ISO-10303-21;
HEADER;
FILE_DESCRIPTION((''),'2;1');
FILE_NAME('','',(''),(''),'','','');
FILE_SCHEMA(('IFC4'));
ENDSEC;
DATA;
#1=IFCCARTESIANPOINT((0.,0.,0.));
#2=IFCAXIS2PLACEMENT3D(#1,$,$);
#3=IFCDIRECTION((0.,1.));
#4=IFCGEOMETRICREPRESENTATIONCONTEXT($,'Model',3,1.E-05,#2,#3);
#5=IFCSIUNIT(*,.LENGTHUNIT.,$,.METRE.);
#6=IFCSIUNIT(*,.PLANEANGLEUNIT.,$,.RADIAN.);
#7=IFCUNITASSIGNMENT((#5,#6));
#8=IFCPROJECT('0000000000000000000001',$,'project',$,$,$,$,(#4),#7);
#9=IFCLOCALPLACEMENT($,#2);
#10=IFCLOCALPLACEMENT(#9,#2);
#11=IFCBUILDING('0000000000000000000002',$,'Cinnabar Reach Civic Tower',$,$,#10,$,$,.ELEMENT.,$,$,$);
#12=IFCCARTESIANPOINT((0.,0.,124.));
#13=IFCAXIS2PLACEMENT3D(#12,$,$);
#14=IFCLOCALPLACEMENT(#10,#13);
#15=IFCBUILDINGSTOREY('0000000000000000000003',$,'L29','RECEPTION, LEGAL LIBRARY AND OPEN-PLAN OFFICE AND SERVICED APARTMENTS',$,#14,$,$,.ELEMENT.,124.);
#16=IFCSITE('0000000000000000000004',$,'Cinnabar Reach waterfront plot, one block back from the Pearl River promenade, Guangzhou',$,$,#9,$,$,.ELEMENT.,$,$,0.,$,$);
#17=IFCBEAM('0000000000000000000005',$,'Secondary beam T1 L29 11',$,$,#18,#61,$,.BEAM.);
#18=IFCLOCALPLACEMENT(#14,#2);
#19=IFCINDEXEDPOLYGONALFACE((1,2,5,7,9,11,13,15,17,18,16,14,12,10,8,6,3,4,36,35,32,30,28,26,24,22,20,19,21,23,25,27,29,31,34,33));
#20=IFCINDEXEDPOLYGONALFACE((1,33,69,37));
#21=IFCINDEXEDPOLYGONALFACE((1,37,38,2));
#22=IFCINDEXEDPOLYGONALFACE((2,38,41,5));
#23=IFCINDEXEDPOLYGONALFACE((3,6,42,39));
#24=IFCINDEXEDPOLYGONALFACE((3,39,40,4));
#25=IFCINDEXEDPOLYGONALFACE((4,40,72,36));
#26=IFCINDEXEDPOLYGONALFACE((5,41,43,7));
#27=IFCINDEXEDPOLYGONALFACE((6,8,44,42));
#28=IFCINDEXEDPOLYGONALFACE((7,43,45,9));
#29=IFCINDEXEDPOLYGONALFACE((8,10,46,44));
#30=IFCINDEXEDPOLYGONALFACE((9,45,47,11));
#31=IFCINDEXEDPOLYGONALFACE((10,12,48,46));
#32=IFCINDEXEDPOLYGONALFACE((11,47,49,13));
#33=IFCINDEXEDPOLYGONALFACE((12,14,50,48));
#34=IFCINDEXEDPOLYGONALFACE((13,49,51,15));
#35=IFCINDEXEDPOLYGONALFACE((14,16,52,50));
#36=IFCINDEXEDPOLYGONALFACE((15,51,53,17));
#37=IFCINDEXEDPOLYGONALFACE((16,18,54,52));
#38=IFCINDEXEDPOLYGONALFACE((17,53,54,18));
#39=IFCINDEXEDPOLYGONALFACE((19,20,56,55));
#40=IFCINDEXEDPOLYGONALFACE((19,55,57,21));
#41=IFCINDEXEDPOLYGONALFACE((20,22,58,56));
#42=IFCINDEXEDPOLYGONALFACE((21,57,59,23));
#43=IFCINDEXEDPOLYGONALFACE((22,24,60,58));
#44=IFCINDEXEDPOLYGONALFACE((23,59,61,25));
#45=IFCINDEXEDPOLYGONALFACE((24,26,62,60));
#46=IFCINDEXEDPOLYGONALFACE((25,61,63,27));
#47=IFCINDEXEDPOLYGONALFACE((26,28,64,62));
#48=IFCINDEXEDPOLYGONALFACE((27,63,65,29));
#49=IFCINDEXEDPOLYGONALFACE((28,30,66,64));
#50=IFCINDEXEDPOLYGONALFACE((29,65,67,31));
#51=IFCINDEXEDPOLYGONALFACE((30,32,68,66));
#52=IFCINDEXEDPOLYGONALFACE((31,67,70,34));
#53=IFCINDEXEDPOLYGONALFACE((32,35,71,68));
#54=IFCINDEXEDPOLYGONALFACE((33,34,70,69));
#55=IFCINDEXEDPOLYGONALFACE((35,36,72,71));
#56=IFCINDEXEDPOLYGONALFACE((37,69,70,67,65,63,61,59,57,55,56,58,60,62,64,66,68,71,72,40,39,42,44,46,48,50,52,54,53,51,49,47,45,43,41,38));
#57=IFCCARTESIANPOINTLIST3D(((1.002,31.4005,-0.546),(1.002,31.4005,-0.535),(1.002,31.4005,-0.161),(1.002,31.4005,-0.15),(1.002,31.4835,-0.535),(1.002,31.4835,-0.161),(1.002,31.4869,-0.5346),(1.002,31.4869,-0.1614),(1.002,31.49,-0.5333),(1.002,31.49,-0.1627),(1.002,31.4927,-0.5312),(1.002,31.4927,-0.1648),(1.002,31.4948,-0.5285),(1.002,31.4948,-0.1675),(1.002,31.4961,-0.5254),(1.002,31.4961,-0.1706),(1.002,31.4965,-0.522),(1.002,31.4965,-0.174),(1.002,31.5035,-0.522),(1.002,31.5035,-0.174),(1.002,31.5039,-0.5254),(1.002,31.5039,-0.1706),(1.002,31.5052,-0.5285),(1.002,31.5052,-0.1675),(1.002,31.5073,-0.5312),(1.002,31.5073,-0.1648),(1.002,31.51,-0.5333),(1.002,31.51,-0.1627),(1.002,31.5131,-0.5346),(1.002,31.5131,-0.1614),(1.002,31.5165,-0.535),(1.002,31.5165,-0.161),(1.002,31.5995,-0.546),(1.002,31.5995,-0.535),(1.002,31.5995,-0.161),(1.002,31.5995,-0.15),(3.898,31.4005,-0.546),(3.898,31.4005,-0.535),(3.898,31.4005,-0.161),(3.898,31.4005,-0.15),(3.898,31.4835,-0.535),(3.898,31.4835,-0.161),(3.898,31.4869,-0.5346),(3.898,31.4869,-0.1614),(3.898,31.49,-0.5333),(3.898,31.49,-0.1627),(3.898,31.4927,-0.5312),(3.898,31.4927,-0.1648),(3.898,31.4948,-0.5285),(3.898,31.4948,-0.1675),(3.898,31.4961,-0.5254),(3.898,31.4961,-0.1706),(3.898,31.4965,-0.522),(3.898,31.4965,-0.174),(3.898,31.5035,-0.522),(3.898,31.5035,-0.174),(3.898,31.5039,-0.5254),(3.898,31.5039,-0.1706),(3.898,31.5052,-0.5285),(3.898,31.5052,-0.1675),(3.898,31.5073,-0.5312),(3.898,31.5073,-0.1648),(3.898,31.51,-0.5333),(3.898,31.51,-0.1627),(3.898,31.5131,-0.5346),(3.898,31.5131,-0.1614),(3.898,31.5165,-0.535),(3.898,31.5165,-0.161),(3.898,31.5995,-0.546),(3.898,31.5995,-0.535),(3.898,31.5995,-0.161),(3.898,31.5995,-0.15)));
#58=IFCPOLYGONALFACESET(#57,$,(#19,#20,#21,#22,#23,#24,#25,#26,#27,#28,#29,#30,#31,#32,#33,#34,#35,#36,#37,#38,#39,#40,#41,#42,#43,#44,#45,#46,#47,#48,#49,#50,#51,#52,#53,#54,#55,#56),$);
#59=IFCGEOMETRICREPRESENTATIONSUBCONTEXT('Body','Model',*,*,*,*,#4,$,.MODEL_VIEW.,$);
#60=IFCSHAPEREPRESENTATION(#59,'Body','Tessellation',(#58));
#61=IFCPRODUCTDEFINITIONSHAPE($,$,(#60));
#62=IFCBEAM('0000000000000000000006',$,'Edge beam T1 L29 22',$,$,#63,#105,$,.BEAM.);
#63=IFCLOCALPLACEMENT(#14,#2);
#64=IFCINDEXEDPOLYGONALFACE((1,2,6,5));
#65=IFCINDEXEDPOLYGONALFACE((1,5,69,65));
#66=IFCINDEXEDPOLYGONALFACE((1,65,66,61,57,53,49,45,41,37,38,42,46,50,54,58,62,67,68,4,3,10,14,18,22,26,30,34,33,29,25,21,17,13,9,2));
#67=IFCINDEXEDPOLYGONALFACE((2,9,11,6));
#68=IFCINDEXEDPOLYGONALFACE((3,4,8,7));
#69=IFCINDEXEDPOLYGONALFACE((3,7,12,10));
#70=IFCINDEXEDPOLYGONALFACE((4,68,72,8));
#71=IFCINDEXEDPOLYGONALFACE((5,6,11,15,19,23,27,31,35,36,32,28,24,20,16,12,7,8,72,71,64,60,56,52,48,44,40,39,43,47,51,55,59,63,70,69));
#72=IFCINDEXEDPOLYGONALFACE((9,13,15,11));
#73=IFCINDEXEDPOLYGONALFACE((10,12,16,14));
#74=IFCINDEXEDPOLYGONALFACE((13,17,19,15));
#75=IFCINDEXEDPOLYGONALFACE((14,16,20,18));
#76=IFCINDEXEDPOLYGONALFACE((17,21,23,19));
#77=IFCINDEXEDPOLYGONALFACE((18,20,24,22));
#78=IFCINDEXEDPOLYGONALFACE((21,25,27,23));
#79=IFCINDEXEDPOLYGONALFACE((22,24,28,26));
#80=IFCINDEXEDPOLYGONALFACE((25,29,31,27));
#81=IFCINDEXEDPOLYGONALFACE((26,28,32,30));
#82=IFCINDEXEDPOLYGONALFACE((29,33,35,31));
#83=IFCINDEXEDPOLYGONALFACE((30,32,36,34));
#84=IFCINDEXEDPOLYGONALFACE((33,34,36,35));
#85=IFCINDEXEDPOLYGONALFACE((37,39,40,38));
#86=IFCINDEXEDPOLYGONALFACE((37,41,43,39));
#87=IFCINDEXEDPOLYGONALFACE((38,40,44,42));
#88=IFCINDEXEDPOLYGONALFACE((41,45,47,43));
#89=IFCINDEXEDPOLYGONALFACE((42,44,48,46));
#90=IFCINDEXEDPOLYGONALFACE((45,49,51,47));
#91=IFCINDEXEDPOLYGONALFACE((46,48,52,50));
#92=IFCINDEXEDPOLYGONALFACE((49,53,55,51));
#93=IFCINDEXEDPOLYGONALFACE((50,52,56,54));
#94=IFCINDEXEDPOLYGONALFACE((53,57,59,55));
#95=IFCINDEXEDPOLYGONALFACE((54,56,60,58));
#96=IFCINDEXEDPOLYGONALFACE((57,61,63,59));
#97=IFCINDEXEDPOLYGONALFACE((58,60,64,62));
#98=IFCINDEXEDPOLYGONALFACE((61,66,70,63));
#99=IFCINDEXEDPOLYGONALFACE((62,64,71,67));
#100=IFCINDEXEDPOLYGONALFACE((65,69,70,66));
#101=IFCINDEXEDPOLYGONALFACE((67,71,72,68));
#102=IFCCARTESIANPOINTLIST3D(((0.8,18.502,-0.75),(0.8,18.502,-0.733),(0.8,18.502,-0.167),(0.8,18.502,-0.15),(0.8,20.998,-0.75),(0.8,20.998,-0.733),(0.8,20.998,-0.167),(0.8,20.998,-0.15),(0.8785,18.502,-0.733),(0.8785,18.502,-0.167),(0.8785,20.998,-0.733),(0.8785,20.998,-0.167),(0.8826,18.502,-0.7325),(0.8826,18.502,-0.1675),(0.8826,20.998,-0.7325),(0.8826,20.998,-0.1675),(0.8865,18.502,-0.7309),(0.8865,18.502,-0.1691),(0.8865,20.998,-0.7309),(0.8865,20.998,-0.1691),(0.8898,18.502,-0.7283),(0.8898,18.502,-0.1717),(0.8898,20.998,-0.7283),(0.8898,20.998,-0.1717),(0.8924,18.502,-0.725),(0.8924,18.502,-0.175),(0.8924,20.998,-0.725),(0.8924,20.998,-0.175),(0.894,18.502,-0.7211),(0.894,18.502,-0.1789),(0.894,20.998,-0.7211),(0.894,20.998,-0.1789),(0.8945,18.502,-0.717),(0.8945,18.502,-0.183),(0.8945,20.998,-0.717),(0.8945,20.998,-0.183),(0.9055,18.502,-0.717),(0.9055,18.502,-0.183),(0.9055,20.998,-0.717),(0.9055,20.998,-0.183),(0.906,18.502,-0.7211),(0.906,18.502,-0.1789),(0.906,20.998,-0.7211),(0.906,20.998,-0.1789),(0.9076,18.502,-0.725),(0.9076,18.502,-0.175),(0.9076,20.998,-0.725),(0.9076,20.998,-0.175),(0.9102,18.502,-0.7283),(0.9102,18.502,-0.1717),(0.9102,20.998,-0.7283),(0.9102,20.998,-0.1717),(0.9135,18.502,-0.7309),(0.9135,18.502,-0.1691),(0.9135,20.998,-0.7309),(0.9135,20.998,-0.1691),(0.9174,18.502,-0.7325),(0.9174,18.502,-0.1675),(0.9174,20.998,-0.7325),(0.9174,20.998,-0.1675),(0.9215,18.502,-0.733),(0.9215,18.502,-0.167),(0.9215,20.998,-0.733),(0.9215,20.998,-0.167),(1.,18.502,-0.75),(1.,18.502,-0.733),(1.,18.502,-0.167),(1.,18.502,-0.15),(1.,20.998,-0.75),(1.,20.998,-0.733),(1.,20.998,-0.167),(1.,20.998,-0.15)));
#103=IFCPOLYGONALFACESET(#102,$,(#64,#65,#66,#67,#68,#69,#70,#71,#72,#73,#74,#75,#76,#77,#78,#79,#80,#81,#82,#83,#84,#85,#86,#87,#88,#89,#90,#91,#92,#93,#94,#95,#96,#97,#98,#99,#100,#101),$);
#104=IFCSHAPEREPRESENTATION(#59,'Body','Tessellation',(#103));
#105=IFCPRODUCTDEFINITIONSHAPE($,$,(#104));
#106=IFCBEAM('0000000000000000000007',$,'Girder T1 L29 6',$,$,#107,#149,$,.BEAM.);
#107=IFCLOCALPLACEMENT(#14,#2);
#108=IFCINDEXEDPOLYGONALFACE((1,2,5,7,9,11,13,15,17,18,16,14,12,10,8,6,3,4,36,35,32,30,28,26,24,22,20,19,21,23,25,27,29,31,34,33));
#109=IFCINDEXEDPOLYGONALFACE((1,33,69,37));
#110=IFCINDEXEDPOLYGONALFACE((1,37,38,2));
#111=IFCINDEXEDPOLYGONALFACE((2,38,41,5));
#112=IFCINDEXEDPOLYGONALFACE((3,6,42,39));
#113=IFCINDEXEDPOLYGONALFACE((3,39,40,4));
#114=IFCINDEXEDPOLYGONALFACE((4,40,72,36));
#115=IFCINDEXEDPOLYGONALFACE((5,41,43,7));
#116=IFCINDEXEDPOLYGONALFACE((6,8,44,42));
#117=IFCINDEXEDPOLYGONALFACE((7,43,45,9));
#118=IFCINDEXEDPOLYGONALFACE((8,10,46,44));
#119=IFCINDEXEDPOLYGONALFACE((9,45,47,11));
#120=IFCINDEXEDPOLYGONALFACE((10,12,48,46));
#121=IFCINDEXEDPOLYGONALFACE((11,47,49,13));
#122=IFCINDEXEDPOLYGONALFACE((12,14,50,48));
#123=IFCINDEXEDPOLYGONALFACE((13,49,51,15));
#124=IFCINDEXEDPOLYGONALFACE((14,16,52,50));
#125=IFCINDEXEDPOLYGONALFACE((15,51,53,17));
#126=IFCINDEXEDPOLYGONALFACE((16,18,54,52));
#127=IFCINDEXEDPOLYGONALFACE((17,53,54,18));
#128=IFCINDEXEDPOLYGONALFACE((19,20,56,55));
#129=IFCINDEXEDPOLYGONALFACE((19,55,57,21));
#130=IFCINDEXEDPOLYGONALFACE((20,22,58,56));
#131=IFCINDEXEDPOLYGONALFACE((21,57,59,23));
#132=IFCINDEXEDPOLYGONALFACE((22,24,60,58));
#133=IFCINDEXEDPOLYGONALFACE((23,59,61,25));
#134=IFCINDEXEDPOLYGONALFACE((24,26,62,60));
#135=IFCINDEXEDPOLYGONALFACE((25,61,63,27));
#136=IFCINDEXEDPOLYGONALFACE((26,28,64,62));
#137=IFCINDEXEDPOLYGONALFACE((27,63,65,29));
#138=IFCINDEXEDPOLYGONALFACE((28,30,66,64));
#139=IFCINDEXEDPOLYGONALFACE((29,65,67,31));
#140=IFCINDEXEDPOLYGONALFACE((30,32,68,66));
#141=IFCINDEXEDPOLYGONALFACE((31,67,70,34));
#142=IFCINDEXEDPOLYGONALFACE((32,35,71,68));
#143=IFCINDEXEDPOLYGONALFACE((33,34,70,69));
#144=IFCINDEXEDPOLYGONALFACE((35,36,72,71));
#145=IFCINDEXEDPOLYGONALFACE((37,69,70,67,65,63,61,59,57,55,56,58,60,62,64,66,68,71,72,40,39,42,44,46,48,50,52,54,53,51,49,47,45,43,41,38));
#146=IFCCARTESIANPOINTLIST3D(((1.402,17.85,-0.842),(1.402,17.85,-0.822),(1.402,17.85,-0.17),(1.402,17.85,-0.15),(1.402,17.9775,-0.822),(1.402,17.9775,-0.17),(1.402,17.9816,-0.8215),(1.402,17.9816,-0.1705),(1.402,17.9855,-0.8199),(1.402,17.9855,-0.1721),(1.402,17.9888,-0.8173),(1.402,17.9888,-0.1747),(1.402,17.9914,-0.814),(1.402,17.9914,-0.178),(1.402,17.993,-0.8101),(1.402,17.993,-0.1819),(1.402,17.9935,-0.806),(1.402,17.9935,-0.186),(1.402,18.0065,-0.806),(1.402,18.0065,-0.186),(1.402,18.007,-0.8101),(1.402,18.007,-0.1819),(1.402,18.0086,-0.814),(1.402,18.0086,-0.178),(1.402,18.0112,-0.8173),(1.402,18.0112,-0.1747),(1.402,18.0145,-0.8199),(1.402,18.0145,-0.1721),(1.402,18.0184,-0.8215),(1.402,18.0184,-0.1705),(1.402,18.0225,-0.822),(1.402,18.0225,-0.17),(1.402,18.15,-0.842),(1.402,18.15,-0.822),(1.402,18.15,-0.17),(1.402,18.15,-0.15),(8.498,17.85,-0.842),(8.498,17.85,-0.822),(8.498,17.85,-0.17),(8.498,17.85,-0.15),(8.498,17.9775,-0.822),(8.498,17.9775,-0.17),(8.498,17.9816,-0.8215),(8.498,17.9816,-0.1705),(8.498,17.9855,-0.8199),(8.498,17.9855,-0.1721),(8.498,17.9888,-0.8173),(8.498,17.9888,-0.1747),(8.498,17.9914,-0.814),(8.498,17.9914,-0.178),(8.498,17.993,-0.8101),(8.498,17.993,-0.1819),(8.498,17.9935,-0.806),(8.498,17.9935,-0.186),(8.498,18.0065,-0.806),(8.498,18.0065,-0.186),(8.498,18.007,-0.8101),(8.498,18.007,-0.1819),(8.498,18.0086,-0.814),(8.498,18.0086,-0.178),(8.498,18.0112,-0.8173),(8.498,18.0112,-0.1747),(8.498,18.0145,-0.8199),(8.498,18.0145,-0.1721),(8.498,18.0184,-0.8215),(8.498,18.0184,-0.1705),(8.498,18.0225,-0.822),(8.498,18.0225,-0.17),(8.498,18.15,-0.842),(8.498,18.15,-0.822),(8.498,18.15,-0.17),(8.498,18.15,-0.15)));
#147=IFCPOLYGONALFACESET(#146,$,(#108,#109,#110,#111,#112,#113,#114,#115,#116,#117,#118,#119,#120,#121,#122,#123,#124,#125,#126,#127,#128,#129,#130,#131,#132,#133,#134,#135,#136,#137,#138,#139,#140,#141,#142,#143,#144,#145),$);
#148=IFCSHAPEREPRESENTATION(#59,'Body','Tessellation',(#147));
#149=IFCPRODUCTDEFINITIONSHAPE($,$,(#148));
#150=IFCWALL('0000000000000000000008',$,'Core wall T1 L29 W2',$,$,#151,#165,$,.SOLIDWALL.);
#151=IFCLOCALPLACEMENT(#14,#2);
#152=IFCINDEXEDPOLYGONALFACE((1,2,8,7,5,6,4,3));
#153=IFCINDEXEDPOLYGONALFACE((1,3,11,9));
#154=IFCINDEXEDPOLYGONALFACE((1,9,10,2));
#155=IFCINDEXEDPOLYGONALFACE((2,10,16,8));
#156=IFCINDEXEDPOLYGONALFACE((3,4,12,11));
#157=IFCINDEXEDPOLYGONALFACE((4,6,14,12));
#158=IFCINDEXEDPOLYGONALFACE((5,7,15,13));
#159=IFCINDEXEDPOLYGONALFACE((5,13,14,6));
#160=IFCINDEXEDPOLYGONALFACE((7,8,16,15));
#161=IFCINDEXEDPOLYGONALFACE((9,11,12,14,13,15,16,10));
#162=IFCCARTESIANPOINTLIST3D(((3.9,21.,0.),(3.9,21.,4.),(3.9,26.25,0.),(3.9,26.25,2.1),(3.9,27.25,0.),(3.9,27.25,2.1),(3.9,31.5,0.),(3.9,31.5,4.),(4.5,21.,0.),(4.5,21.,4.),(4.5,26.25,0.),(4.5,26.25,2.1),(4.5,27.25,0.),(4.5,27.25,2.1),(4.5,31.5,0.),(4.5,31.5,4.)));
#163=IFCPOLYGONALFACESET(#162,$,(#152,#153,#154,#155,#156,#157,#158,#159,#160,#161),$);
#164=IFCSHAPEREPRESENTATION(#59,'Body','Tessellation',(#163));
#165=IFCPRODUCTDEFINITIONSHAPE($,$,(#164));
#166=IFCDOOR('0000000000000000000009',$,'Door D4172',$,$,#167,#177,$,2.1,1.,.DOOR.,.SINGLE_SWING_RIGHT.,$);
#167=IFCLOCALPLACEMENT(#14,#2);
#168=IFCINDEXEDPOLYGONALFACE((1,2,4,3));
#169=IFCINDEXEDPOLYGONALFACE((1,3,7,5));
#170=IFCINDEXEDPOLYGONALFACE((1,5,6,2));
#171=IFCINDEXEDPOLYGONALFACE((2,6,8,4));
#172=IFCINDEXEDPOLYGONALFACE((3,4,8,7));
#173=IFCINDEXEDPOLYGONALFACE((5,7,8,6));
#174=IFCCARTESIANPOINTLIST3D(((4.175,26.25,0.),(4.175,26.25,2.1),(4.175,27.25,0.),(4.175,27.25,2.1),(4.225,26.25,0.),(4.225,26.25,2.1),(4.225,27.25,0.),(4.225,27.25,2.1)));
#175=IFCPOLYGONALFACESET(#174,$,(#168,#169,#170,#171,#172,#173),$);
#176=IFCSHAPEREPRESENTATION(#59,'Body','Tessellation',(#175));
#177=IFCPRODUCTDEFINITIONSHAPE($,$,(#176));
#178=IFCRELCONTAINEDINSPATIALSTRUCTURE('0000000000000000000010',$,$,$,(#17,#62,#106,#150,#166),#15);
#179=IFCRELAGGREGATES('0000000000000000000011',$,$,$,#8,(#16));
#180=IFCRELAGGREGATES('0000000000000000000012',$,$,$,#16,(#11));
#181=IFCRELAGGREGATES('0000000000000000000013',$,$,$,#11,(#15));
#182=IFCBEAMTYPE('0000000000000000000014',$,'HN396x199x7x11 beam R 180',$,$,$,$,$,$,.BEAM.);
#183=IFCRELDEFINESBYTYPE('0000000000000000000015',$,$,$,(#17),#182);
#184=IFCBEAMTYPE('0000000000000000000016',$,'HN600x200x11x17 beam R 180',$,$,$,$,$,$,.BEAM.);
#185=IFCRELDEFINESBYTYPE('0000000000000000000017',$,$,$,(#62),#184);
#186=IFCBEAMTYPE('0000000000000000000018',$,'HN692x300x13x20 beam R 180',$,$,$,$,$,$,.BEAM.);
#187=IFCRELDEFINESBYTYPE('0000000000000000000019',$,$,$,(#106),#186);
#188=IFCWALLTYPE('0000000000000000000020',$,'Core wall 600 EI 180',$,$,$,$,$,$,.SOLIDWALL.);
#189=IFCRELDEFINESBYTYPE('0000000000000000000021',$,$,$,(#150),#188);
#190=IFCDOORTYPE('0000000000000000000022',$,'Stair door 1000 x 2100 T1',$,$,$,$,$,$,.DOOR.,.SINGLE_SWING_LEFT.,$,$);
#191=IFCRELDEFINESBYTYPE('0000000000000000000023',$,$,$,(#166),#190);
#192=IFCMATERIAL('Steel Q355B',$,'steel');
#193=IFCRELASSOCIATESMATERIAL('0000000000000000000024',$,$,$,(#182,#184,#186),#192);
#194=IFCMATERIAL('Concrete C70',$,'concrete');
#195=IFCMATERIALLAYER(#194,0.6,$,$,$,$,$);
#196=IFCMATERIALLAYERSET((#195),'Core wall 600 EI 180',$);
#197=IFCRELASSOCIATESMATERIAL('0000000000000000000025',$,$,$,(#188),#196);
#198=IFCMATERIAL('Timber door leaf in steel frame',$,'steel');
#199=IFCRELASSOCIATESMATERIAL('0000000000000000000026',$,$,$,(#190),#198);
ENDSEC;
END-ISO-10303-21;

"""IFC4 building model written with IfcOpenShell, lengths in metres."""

from ifc_helpers import new_model, si_unit, direction, frame, frame_2d, origin, origin_2d, place, context, subcontext, project, spatial, rectangle, i_section, extrude, material, layer, layer_set, material_profile, profile_set, type_object, element, fill, save


model = new_model("IFC4")

# Units and contexts
model_context = context("Model", 3, precision=1e-05, world=origin(), true_north=direction((0.0, 1.0)))
body_context = subcontext(model_context, "Body", "Model", "MODEL_VIEW")
ifc_project = project(units=[si_unit("LENGTHUNIT", "METRE"), si_unit("PLANEANGLEUNIT", "RADIAN")], contexts=[model_context])

# Site, building, storey
site_placement = place(None, origin())
site = spatial("IfcSite", under=ifc_project, at=site_placement, Name="Cinnabar Reach waterfront plot, one block back from the Pearl River promenade, Guangzhou", CompositionType="ELEMENT", RefElevation=0.0)
building_placement = place(site_placement, origin())
building = spatial("IfcBuilding", under=site, at=building_placement, Name="Cinnabar Reach Civic Tower", CompositionType="ELEMENT")
storey_placement = place(building_placement, frame((0.0, 0.0, 124.0)))
storey = spatial("IfcBuildingStorey", under=building, at=storey_placement, Name="L29", Description="RECEPTION, LEGAL LIBRARY AND OPEN-PLAN OFFICE AND SERVICED APARTMENTS", CompositionType="ELEMENT", Elevation=124.0)

# Beams
ifc_material_1 = material(Name="Steel Q355B", Category="steel")
ifc_material_profile_1 = material_profile(ifc_material_1, i_section(OverallWidth=0.199, OverallDepth=0.396, WebThickness=0.007, FlangeThickness=0.011, FilletRadius=0.013, at=origin_2d()), Name="HN396x199x7x11")
ifc_profile_set_1 = profile_set([ifc_material_profile_1], Name="Steel Q355B")
beam_type_1 = type_object("IfcBeamType", Name="HN396x199x7x11 beam R 180", PredefinedType="BEAM", material=ifc_profile_set_1)
beam_1_placement = place(storey_placement, frame((1.002, 31.5, -0.348), z_axis=(1.0, 0.0, 0.0), x_axis=(0.0, 1.0, 0.0)))
element("IfcBeam", 1, at=beam_1_placement, inside=storey, type_object=beam_type_1, Name="Secondary beam T1 L29 11", PredefinedType="BEAM", context=body_context, shape_type="SweptSolid", body=[
    extrude(i_section(OverallWidth=0.199, OverallDepth=0.396, WebThickness=0.007, FlangeThickness=0.011, FilletRadius=0.013, at=origin_2d()), origin(), (0.0, 0.0, 1.0), 2.896),
])
ifc_material_profile_2 = material_profile(ifc_material_1, i_section(OverallWidth=0.2, OverallDepth=0.6, WebThickness=0.011, FlangeThickness=0.017, FilletRadius=0.016, at=origin_2d()), Name="HN600x200x11x17")
ifc_profile_set_2 = profile_set([ifc_material_profile_2], Name="Steel Q355B")
beam_type_2 = type_object("IfcBeamType", Name="HN600x200x11x17 beam R 180", PredefinedType="BEAM", material=ifc_profile_set_2)
beam_2_placement = place(storey_placement, frame((0.9, 20.998, -0.45), z_axis=(0.0, -1.0, 0.0), x_axis=(1.0, 0.0, 0.0)))
element("IfcBeam", 2, at=beam_2_placement, inside=storey, type_object=beam_type_2, Name="Edge beam T1 L29 22", PredefinedType="BEAM", context=body_context, shape_type="SweptSolid", body=[
    extrude(i_section(OverallWidth=0.2, OverallDepth=0.6, WebThickness=0.011, FlangeThickness=0.017, FilletRadius=0.016, at=origin_2d()), origin(), (0.0, 0.0, 1.0), 2.496),
])
ifc_material_profile_3 = material_profile(ifc_material_1, i_section(OverallWidth=0.3, OverallDepth=0.692, WebThickness=0.013, FlangeThickness=0.02, FilletRadius=0.016, at=origin_2d()), Name="HN692x300x13x20")
ifc_profile_set_3 = profile_set([ifc_material_profile_3], Name="Steel Q355B")
beam_type_3 = type_object("IfcBeamType", Name="HN692x300x13x20 beam R 180", PredefinedType="BEAM", material=ifc_profile_set_3)
beam_3_placement = place(storey_placement, frame((1.402, 18.0, -0.496), z_axis=(1.0, 0.0, 0.0), x_axis=(0.0, 1.0, 0.0)))
element("IfcBeam", 3, at=beam_3_placement, inside=storey, type_object=beam_type_3, Name="Girder T1 L29 6", PredefinedType="BEAM", context=body_context, shape_type="SweptSolid", body=[
    extrude(i_section(OverallWidth=0.3, OverallDepth=0.692, WebThickness=0.013, FlangeThickness=0.02, FilletRadius=0.016, at=origin_2d()), origin(), (0.0, 0.0, 1.0), 7.096),
])

# Wall, opening, door
ifc_material_2 = material(Name="Concrete C70", Category="concrete")
ifc_layer_1 = layer(ifc_material_2, 0.6)
ifc_layer_set_1 = layer_set([ifc_layer_1], Name="Core wall 600 EI 180")
wall_type_1 = type_object("IfcWallType", Name="Core wall 600 EI 180", PredefinedType="SOLIDWALL", material=ifc_layer_set_1)
wall_1_placement = place(storey_placement, frame((4.2, 31.5, 0.0), z_axis=(0.0, 0.0, 1.0), x_axis=(0.0, -1.0, 0.0)))
wall_1 = element("IfcWall", 4, at=wall_1_placement, inside=storey, type_object=wall_type_1, Name="Core wall T1 L29 W2", PredefinedType="SOLIDWALL", context=body_context, shape_type="SweptSolid", body=[
    extrude(rectangle(XDim=10.5, YDim=0.6, at=frame_2d((5.25, 0.0))), origin(), (0.0, 0.0, 1.0), 4.0),
])
opening_1_placement = place(wall_1_placement, frame((4.25, 0.0, 0.0)))
opening_1 = element("IfcOpeningElement", 5, at=opening_1_placement, cuts=wall_1, PredefinedType="OPENING", context=body_context, shape_type="SweptSolid", body=[
    extrude(rectangle(XDim=1.0, YDim=2.1, at=frame_2d((0.5, 1.05))), frame((0.0, 0.31, 0.0), z_axis=(0.0, -1.0, 0.0), x_axis=(1.0, 0.0, 0.0)), (0.0, 0.0, 1.0), 0.62),
])
ifc_material_3 = material(Name="Timber door leaf in steel frame", Category="steel")
door_type_1 = type_object("IfcDoorType", Name="Stair door 1000 x 2100 T1", OperationType="SINGLE_SWING_LEFT", PredefinedType="DOOR", material=ifc_material_3)
door_1_placement = place(opening_1_placement, frame((1.0, 0.0, 0.0), z_axis=(0.0, 0.0, 1.0), x_axis=(-1.0, 0.0, 0.0)))
door_1 = element("IfcDoor", 6, at=door_1_placement, inside=storey, type_object=door_type_1, Name="Door D4172", OperationType="SINGLE_SWING_RIGHT", OverallHeight=2.1, OverallWidth=1.0, PredefinedType="DOOR", context=body_context, shape_type="SweptSolid", body=[
    extrude(rectangle(XDim=1.0, YDim=2.1, at=frame_2d((0.5, 1.05))), frame((0.0, 0.025, 0.0), z_axis=(0.0, -1.0, 0.0), x_axis=(1.0, 0.0, 0.0)), (0.0, 0.0, 1.0), 0.05),
])
fill(opening_1, door_1)

save(model, "model.ifc")
